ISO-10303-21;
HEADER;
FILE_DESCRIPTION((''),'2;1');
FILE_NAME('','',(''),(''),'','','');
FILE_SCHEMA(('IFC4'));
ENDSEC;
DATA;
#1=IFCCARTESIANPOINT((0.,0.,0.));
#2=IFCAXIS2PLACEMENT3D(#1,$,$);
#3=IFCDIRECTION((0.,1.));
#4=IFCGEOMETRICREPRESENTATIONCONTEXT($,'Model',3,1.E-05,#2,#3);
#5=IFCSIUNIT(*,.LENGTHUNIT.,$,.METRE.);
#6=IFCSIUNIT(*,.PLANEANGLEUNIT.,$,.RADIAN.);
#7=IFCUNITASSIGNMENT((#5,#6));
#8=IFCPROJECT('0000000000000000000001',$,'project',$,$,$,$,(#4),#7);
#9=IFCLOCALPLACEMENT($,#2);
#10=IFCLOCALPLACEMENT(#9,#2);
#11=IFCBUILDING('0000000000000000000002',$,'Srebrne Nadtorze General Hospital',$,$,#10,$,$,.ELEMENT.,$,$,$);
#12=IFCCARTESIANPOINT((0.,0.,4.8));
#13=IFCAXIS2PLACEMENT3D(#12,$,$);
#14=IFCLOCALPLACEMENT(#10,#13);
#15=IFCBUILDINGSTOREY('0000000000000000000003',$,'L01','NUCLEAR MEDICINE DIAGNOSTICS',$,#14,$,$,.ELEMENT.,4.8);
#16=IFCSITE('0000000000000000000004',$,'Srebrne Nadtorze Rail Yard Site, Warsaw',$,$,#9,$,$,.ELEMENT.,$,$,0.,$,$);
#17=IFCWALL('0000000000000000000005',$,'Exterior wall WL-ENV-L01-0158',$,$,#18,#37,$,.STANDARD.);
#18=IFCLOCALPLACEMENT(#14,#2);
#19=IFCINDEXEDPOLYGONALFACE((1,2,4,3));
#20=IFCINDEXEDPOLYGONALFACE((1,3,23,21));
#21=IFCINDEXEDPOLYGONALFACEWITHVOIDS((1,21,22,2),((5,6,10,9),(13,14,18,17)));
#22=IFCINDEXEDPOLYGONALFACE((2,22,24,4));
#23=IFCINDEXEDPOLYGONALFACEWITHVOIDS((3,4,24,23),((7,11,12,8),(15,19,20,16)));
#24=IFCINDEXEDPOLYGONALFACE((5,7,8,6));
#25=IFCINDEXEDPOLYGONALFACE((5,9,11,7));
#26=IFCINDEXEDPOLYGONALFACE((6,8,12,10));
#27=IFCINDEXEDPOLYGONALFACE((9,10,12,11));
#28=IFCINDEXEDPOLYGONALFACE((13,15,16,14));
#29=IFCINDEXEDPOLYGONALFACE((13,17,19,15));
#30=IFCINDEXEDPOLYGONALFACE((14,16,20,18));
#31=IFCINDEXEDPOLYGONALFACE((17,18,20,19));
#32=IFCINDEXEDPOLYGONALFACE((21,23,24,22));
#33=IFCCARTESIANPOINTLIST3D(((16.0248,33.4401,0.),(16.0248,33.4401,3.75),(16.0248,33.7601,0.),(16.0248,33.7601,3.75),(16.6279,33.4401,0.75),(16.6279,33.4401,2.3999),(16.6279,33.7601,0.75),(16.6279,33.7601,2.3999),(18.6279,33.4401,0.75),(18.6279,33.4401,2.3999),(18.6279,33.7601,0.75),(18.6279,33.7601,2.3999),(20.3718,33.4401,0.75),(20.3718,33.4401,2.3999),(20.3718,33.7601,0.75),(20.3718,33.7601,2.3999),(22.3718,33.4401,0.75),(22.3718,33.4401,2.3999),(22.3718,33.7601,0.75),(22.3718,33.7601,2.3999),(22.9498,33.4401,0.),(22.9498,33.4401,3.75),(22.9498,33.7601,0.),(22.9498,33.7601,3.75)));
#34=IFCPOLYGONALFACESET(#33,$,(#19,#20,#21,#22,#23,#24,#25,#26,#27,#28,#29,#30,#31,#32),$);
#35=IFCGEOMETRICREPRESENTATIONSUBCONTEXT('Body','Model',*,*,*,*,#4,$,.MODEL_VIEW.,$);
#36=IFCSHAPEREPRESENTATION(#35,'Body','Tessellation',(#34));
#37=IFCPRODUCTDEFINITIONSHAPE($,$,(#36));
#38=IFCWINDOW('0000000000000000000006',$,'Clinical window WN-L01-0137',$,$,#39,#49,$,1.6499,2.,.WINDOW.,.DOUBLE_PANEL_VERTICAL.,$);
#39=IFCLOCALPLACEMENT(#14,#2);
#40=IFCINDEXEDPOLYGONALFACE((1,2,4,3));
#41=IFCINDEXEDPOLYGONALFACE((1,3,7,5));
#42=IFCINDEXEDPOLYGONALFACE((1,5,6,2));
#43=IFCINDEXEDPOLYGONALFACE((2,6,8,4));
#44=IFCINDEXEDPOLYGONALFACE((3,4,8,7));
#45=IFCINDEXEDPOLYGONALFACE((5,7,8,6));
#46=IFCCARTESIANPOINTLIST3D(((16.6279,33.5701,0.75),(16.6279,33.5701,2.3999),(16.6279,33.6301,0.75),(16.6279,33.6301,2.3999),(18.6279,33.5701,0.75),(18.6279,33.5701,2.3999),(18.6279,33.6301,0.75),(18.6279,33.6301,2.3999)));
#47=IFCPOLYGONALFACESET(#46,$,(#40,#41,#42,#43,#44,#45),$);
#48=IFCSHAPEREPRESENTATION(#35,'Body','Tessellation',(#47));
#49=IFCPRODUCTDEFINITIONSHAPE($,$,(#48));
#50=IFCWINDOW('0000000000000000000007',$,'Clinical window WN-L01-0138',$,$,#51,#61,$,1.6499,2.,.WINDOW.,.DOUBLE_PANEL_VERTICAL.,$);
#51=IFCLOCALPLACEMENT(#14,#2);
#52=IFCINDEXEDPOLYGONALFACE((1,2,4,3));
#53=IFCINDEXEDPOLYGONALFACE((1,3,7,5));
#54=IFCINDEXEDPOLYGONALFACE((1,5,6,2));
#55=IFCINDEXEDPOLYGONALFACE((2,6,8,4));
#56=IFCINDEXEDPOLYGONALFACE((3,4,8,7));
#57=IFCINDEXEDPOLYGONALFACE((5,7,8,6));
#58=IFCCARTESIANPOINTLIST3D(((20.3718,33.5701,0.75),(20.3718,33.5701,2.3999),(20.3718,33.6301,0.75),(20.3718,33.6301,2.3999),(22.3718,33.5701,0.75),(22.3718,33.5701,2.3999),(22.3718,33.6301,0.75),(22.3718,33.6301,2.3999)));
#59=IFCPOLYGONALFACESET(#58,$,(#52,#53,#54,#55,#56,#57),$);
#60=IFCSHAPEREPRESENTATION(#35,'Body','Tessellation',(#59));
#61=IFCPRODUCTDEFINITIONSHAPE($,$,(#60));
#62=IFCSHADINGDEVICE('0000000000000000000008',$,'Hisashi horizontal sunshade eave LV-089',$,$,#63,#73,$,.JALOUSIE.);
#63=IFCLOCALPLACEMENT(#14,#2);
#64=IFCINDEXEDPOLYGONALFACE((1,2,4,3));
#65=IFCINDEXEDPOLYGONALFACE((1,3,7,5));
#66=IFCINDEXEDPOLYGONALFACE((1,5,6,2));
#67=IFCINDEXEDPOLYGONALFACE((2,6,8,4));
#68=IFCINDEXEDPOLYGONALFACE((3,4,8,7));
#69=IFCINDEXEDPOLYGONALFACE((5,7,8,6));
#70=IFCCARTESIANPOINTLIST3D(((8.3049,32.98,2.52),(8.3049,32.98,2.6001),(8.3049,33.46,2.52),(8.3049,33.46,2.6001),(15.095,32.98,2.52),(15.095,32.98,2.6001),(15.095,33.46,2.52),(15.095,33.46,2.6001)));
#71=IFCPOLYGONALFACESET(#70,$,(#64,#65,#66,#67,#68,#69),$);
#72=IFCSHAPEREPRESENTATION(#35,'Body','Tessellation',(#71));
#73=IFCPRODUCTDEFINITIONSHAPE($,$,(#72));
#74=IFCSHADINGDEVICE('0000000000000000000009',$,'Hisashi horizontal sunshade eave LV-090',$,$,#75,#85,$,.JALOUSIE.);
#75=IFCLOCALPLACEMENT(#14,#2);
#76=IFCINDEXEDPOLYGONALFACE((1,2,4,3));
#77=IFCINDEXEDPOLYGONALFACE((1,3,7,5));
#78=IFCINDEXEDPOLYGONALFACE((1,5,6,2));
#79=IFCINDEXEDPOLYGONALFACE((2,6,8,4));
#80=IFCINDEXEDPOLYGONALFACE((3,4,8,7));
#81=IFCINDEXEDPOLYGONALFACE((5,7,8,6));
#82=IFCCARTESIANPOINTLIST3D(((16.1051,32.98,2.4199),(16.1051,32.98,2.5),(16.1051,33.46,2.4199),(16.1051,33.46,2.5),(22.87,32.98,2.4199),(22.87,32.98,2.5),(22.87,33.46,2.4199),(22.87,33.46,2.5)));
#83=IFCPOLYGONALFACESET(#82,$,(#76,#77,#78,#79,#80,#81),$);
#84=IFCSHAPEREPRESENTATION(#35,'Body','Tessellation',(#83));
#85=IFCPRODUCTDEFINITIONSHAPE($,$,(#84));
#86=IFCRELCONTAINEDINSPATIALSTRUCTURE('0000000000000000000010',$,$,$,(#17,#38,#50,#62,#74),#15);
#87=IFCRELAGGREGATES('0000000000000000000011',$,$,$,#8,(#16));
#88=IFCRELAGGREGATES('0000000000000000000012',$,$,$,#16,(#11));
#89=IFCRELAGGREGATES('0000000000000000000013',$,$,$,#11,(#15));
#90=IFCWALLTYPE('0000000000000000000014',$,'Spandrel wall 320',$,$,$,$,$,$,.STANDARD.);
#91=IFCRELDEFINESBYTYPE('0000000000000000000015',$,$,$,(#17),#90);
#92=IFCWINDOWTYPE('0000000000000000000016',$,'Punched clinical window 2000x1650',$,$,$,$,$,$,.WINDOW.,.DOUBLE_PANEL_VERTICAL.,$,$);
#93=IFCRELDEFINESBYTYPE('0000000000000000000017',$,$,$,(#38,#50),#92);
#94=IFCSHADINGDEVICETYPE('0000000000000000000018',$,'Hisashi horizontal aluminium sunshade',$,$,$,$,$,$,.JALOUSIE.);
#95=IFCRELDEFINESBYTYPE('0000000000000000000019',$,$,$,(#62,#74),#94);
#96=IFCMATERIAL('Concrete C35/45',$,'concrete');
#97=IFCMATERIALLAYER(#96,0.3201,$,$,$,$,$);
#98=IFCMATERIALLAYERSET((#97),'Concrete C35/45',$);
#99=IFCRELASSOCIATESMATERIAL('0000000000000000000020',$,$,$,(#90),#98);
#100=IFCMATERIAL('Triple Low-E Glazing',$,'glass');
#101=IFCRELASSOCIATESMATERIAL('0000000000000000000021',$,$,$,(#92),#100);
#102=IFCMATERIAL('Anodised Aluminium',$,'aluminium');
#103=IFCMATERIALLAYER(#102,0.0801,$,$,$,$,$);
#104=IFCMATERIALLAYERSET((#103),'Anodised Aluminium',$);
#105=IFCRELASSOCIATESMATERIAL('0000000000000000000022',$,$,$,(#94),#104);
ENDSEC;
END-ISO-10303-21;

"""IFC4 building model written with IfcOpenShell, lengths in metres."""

from ifc_helpers import new_model, si_unit, direction, frame, frame_2d, origin, origin_2d, place, context, subcontext, project, spatial, rectangle, extrude, material, layer, layer_set, type_object, element, fill, save


model = new_model("IFC4")

# Units and contexts
model_context = context("Model", 3, precision=1e-05, world=origin(), true_north=direction((0.0, 1.0)))
body_context = subcontext(model_context, "Body", "Model", "MODEL_VIEW")
ifc_project = project(units=[si_unit("LENGTHUNIT", "METRE"), si_unit("PLANEANGLEUNIT", "RADIAN")], contexts=[model_context])

# Site, building, storey
site_placement = place(None, origin())
site = spatial("IfcSite", under=ifc_project, at=site_placement, Name="Srebrne Nadtorze Rail Yard Site, Warsaw", CompositionType="ELEMENT", RefElevation=0.0)
building_placement = place(site_placement, origin())
building = spatial("IfcBuilding", under=site, at=building_placement, Name="Srebrne Nadtorze General Hospital", CompositionType="ELEMENT")
storey_placement = place(building_placement, frame((0.0, 0.0, 4.8)))
storey = spatial("IfcBuildingStorey", under=building, at=storey_placement, Name="L01", Description="NUCLEAR MEDICINE DIAGNOSTICS", CompositionType="ELEMENT", Elevation=4.8)

# Wall, openings, windows
ifc_material_1 = material(Name="Concrete C35/45", Category="concrete")
ifc_layer_1 = layer(ifc_material_1, 0.3201)
ifc_layer_set_1 = layer_set([ifc_layer_1], Name="Concrete C35/45")
wall_type_1 = type_object("IfcWallType", Name="Spandrel wall 320", PredefinedType="STANDARD", material=ifc_layer_set_1)
wall_1_placement = place(storey_placement, frame((16.0249, 33.6001, 0.0), z_axis=(0.0, 0.0, 1.0), x_axis=(1.0, 0.0, 0.0)))
wall_1 = element("IfcWall", 1, at=wall_1_placement, inside=storey, type_object=wall_type_1, Name="Exterior wall WL-ENV-L01-0158", PredefinedType="STANDARD", context=body_context, shape_type="SweptSolid", body=[
    extrude(rectangle(XDim=6.925, YDim=0.3201, at=frame_2d((3.4624, 0.0))), origin(), (0.0, 0.0, 1.0), 3.75),
])
opening_1_placement = place(wall_1_placement, frame((0.603, 0.0, 0.75)))
opening_1 = element("IfcOpeningElement", 2, at=opening_1_placement, cuts=wall_1, PredefinedType="OPENING", context=body_context, shape_type="SweptSolid", body=[
    extrude(rectangle(XDim=2.0, YDim=1.6499, at=frame_2d((1.0, 0.825))), frame((0.0, 0.1719, 0.0), z_axis=(0.0, -1.0, 0.0), x_axis=(1.0, 0.0, 0.0)), (0.0, 0.0, 1.0), 0.344),
])
opening_2_placement = place(wall_1_placement, frame((4.3469, 0.0, 0.75)))
opening_2 = element("IfcOpeningElement", 3, at=opening_2_placement, cuts=wall_1, PredefinedType="OPENING", context=body_context, shape_type="SweptSolid", body=[
    extrude(rectangle(XDim=2.0, YDim=1.6499, at=frame_2d((1.0, 0.825))), frame((0.0, 0.1719, 0.0), z_axis=(0.0, -1.0, 0.0), x_axis=(1.0, 0.0, 0.0)), (0.0, 0.0, 1.0), 0.344),
])
ifc_material_2 = material(Name="Triple Low-E Glazing", Category="glass")
window_type_1 = type_object("IfcWindowType", Name="Punched clinical window 2000x1650", PartitioningType="DOUBLE_PANEL_VERTICAL", PredefinedType="WINDOW", material=ifc_material_2)
window_1_placement = place(opening_1_placement, origin())
window_1 = element("IfcWindow", 4, at=window_1_placement, inside=storey, type_object=window_type_1, Name="Clinical window WN-L01-0137", OverallHeight=1.6499, OverallWidth=2.0, PartitioningType="DOUBLE_PANEL_VERTICAL", PredefinedType="WINDOW", context=body_context, shape_type="SweptSolid", body=[
    extrude(rectangle(XDim=2.0, YDim=1.6499, at=frame_2d((1.0, 0.825))), frame((0.0, 0.03, 0.0), z_axis=(0.0, -1.0, 0.0), x_axis=(1.0, 0.0, 0.0)), (0.0, 0.0, 1.0), 0.0601),
])
fill(opening_1, window_1)
window_2_placement = place(opening_2_placement, origin())
window_2 = element("IfcWindow", 5, at=window_2_placement, inside=storey, type_object=window_type_1, Name="Clinical window WN-L01-0138", OverallHeight=1.6499, OverallWidth=2.0, PartitioningType="DOUBLE_PANEL_VERTICAL", PredefinedType="WINDOW", context=body_context, shape_type="SweptSolid", body=[
    extrude(rectangle(XDim=2.0, YDim=1.6499, at=frame_2d((1.0, 0.825))), frame((0.0, 0.03, 0.0), z_axis=(0.0, -1.0, 0.0), x_axis=(1.0, 0.0, 0.0)), (0.0, 0.0, 1.0), 0.0601),
])
fill(opening_2, window_2)

# Shading devices
ifc_material_3 = material(Name="Anodised Aluminium", Category="aluminium")
ifc_layer_2 = layer(ifc_material_3, 0.0801)
ifc_layer_set_2 = layer_set([ifc_layer_2], Name="Anodised Aluminium")
shading_device_type = type_object("IfcShadingDeviceType", Name="Hisashi horizontal aluminium sunshade", PredefinedType="JALOUSIE", material=ifc_layer_set_2)
shading_device_1_placement = place(storey_placement, frame((11.7, 33.22, 2.52), z_axis=(0.0, 0.0, 1.0), x_axis=(1.0, 0.0, 0.0)))
element("IfcShadingDevice", 6, at=shading_device_1_placement, inside=storey, type_object=shading_device_type, Name="Hisashi horizontal sunshade eave LV-089", PredefinedType="JALOUSIE", context=body_context, shape_type="SweptSolid", body=[
    extrude(rectangle(XDim=6.79, YDim=0.48, at=origin_2d()), origin(), (0.0, 0.0, 1.0), 0.0801),
])
shading_device_2_placement = place(storey_placement, frame((19.4875, 33.22, 2.4199), z_axis=(0.0, 0.0, 1.0), x_axis=(1.0, 0.0, 0.0)))
element("IfcShadingDevice", 7, at=shading_device_2_placement, inside=storey, type_object=shading_device_type, Name="Hisashi horizontal sunshade eave LV-090", PredefinedType="JALOUSIE", context=body_context, shape_type="SweptSolid", body=[
    extrude(rectangle(XDim=6.7649, YDim=0.48, at=origin_2d()), origin(), (0.0, 0.0, 1.0), 0.0801),
])

save(model, "model.ifc")
